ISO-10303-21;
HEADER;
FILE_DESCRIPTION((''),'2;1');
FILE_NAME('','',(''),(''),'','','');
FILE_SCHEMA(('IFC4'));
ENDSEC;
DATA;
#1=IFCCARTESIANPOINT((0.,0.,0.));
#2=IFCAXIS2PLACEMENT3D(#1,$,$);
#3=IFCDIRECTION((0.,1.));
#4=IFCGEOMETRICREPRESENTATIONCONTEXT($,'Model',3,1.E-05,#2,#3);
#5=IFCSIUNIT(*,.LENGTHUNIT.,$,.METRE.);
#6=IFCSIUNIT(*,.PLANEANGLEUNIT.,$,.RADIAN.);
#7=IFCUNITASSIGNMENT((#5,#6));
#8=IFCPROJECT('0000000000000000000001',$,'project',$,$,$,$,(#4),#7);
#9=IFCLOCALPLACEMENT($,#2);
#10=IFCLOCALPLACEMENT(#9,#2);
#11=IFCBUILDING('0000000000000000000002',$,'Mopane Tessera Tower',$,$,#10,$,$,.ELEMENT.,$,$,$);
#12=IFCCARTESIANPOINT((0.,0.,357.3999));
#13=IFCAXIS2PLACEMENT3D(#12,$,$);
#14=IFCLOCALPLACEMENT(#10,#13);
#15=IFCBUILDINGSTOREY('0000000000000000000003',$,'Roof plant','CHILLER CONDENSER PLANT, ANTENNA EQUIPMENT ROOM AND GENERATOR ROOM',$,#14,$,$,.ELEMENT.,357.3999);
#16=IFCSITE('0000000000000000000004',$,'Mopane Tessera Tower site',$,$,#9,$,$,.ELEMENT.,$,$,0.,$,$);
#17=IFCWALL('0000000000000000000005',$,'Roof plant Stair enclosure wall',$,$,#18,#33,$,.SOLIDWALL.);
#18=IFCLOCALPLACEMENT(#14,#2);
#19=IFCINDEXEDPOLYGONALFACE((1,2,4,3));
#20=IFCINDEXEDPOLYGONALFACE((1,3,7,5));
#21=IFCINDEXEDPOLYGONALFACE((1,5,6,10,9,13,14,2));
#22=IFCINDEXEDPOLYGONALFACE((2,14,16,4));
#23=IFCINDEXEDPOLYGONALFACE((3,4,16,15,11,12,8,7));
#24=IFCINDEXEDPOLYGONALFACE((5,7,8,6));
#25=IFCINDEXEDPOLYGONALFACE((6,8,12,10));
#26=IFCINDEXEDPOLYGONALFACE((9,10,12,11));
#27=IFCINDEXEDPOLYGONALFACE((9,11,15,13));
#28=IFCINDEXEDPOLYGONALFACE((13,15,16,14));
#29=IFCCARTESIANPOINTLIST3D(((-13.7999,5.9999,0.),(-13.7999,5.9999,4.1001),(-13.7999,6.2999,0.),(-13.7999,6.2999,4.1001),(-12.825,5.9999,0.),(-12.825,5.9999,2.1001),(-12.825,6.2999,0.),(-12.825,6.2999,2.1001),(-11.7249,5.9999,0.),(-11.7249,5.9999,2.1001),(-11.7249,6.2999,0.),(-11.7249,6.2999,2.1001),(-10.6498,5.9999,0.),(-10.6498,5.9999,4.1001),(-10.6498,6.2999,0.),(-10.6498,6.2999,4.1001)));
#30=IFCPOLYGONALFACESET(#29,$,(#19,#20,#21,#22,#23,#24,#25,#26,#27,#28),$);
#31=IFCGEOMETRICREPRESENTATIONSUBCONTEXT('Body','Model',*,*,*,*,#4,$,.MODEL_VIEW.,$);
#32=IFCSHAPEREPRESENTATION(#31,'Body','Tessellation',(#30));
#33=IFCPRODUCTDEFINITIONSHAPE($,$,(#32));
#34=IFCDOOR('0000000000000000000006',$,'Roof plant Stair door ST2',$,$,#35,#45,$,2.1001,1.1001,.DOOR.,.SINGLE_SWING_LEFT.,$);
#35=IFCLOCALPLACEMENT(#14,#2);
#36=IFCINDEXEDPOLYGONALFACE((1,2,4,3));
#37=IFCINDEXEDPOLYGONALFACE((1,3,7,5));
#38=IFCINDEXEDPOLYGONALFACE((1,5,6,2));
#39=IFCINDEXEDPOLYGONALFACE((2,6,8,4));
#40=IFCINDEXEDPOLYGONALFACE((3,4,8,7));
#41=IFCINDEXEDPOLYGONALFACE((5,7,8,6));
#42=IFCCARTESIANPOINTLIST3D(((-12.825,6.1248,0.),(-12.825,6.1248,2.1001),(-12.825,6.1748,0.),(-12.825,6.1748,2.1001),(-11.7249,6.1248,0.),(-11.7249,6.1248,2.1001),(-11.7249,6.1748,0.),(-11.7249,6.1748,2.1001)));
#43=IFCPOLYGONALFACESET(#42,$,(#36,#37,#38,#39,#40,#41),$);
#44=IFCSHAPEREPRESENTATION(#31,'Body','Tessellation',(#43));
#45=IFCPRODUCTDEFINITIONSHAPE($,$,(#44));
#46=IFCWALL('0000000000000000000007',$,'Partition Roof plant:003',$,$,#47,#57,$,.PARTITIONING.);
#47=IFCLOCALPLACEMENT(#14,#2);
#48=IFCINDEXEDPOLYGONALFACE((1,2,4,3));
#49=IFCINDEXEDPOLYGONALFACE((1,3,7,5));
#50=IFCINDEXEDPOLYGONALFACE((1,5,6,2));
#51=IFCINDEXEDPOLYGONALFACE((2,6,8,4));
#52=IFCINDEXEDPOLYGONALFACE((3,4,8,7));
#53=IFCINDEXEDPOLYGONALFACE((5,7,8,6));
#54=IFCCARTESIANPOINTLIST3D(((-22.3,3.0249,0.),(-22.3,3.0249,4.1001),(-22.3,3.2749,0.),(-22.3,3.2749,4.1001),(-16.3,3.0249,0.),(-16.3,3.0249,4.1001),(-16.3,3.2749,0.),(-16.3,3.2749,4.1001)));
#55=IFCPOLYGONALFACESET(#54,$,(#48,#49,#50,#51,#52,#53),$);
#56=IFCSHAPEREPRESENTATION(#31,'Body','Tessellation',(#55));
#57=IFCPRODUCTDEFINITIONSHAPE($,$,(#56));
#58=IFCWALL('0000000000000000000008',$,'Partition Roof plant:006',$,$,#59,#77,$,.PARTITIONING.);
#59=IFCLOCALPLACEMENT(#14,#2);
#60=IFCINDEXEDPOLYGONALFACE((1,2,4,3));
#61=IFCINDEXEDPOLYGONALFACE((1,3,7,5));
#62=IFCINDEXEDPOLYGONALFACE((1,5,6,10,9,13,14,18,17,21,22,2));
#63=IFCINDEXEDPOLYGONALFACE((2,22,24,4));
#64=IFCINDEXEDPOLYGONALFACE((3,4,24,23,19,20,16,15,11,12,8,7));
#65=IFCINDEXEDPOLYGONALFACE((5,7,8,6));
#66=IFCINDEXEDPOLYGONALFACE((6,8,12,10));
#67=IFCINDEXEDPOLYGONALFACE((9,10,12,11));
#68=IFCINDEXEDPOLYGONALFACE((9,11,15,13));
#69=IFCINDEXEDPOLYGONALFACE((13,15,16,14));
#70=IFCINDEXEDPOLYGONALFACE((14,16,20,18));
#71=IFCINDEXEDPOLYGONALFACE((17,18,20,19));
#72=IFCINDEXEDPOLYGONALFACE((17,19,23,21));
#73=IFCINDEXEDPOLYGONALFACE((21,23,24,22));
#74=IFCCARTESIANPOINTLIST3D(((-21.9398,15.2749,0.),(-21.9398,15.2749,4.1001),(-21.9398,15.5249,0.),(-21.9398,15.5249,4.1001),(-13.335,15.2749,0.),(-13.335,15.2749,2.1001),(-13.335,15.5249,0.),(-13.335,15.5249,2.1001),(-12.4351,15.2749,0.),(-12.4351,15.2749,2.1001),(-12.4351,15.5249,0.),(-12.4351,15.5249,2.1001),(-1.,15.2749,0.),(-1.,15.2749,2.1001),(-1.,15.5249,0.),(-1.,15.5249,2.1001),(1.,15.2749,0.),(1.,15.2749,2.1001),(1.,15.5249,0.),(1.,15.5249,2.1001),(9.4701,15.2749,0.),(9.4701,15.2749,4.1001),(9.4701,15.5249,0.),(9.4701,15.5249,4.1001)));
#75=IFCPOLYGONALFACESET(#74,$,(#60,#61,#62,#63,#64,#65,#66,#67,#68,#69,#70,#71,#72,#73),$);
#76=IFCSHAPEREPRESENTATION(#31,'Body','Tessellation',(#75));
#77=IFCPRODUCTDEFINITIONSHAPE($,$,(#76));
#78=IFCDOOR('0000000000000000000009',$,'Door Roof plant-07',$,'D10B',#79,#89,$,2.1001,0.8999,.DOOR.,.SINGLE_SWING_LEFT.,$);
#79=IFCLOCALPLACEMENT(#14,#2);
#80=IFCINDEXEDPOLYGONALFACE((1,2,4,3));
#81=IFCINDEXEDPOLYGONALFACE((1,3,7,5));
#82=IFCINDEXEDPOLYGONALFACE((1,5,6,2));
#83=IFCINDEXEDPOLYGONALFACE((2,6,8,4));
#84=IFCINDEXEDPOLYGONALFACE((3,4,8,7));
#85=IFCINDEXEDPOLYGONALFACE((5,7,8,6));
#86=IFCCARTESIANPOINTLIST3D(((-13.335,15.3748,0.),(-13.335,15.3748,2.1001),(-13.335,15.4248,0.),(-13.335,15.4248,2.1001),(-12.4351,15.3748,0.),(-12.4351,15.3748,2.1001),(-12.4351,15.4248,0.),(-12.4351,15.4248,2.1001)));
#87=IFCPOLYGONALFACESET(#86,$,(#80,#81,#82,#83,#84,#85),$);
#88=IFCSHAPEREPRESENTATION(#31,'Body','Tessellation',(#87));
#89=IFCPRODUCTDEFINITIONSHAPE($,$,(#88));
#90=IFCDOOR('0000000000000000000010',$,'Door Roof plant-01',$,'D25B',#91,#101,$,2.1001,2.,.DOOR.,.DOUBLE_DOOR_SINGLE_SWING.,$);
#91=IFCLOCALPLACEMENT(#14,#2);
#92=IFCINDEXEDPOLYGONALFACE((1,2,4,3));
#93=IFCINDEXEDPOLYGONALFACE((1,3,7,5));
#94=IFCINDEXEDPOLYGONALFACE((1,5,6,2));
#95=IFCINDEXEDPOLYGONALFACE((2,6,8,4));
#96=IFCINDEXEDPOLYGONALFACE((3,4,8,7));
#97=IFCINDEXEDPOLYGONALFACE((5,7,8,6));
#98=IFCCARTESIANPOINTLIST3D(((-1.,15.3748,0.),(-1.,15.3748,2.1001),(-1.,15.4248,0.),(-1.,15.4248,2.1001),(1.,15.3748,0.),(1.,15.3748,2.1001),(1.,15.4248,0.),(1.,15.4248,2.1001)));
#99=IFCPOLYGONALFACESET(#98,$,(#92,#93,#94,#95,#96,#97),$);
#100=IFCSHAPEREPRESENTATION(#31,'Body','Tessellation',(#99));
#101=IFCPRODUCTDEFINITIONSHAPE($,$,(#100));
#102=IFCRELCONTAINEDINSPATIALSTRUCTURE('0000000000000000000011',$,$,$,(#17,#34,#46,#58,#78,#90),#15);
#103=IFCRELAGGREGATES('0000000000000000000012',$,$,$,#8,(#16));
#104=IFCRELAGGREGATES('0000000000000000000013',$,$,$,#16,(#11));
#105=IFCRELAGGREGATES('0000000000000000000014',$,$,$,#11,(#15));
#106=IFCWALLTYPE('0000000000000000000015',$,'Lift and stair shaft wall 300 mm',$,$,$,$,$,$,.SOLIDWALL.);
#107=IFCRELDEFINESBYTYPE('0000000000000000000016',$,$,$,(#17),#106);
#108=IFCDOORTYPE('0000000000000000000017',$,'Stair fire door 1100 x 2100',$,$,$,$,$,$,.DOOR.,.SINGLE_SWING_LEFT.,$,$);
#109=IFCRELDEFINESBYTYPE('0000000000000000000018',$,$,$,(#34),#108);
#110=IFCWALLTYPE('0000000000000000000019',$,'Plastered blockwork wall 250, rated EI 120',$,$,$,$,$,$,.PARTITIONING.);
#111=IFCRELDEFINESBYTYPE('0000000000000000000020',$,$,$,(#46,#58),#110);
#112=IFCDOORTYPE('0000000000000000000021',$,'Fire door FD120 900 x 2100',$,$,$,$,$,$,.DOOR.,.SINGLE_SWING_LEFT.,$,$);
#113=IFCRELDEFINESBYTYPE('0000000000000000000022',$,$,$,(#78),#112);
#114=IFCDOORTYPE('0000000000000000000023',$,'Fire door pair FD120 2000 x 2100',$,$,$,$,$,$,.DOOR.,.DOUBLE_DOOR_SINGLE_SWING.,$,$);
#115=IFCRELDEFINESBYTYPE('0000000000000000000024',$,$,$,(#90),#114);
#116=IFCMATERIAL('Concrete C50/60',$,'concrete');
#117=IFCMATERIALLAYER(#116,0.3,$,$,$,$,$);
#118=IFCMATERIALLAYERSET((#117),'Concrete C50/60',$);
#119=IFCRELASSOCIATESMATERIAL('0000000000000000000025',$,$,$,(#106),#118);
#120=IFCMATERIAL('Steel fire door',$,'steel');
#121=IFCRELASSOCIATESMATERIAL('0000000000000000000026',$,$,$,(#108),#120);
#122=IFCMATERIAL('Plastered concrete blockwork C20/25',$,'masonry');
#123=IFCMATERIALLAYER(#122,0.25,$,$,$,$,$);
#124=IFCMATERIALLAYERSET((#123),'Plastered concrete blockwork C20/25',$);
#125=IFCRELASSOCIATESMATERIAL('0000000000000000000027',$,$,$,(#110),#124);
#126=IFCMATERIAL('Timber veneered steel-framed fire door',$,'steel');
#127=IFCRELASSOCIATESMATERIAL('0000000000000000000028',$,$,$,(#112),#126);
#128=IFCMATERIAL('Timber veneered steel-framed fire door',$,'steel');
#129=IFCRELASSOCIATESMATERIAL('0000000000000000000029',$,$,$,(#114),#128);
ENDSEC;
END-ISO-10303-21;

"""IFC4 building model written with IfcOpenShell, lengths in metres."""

from ifc_helpers import new_model, si_unit, direction, frame, frame_2d, origin, place, context, subcontext, project, spatial, rectangle, extrude, material, layer, layer_set, type_object, element, fill, save


model = new_model("IFC4")

# Units and contexts
model_context = context("Model", 3, precision=1e-05, world=origin(), true_north=direction((0.0, 1.0)))
body_context = subcontext(model_context, "Body", "Model", "MODEL_VIEW")
ifc_project = project(units=[si_unit("LENGTHUNIT", "METRE"), si_unit("PLANEANGLEUNIT", "RADIAN")], contexts=[model_context])

# Site, building, storey
site_placement = place(None, origin())
site = spatial("IfcSite", under=ifc_project, at=site_placement, Name="Mopane Tessera Tower site", CompositionType="ELEMENT", RefElevation=0.0)
building_placement = place(site_placement, origin())
building = spatial("IfcBuilding", under=site, at=building_placement, Name="Mopane Tessera Tower", CompositionType="ELEMENT")
storey_placement = place(building_placement, frame((0.0, 0.0, 357.3999)))
storey = spatial("IfcBuildingStorey", under=building, at=storey_placement, Name="Roof plant", Description="CHILLER CONDENSER PLANT, ANTENNA EQUIPMENT ROOM AND GENERATOR ROOM", CompositionType="ELEMENT", Elevation=357.3999)

# Wall, opening, door
ifc_material_1 = material(Name="Concrete C50/60", Category="concrete")
ifc_layer_1 = layer(ifc_material_1, 0.3)
ifc_layer_set_1 = layer_set([ifc_layer_1], Name="Concrete C50/60")
wall_type_1 = type_object("IfcWallType", Name="Lift and stair shaft wall 300 mm", PredefinedType="SOLIDWALL", material=ifc_layer_set_1)
ifc_material_2 = material(Name="Steel fire door", Category="steel")
door_type_1 = type_object("IfcDoorType", Name="Stair fire door 1100 x 2100", OperationType="SINGLE_SWING_LEFT", PredefinedType="DOOR", material=ifc_material_2)
wall_1_placement = place(storey_placement, frame((-13.8, 6.1499, 0.0), z_axis=(0.0, 0.0, 1.0), x_axis=(1.0, 0.0, 0.0)))
wall_1 = element("IfcWall", 1, at=wall_1_placement, inside=storey, type_object=wall_type_1, Name="Roof plant Stair enclosure wall", PredefinedType="SOLIDWALL", context=body_context, shape_type="SweptSolid", body=[
    extrude(rectangle(XDim=3.1501, YDim=0.3, at=frame_2d((1.5752, 0.0))), origin(), (0.0, 0.0, 1.0), 4.1001),
])
opening_1_placement = place(wall_1_placement, frame((0.9751, 0.0, 0.0)))
opening_1 = element("IfcOpeningElement", 2, at=opening_1_placement, cuts=wall_1, PredefinedType="OPENING", context=body_context, shape_type="SweptSolid", body=[
    extrude(rectangle(XDim=1.1001, YDim=2.1001, at=frame_2d((0.55, 1.05))), frame((0.0, 0.1621, 0.0), z_axis=(0.0, -1.0, 0.0), x_axis=(1.0, 0.0, 0.0)), (0.0, 0.0, 1.0), 0.324),
])
door_1_placement = place(opening_1_placement, origin())
door_1 = element("IfcDoor", 3, at=door_1_placement, inside=storey, type_object=door_type_1, Name="Roof plant Stair door ST2", OperationType="SINGLE_SWING_LEFT", OverallHeight=2.1001, OverallWidth=1.1001, PredefinedType="DOOR", context=body_context, shape_type="SweptSolid", body=[
    extrude(rectangle(XDim=1.1001, YDim=2.1001, at=frame_2d((0.55, 1.05))), frame((0.0, 0.0249, 0.0), z_axis=(0.0, -1.0, 0.0), x_axis=(1.0, 0.0, 0.0)), (0.0, 0.0, 1.0), 0.05),
])
fill(opening_1, door_1)

# Wall
ifc_material_3 = material(Name="Plastered concrete blockwork C20/25", Category="masonry")
ifc_layer_2 = layer(ifc_material_3, 0.25)
ifc_layer_set_2 = layer_set([ifc_layer_2], Name="Plastered concrete blockwork C20/25")
wall_type_2 = type_object("IfcWallType", Name="Plastered blockwork wall 250, rated EI 120", PredefinedType="PARTITIONING", material=ifc_layer_set_2)
wall_2_placement = place(storey_placement, frame((-22.3, 3.1499, 0.0), z_axis=(0.0, 0.0, 1.0), x_axis=(1.0, 0.0, 0.0)))
element("IfcWall", 4, at=wall_2_placement, inside=storey, type_object=wall_type_2, Name="Partition Roof plant:003", PredefinedType="PARTITIONING", context=body_context, shape_type="SweptSolid", body=[
    extrude(rectangle(XDim=6.0, YDim=0.25, at=frame_2d((3.0, 0.0))), origin(), (0.0, 0.0, 1.0), 4.1001),
])

# Wall, openings, doors
wall_3_placement = place(storey_placement, frame((-21.9399, 15.3999, 0.0), z_axis=(0.0, 0.0, 1.0), x_axis=(1.0, 0.0, 0.0)))
wall_3 = element("IfcWall", 5, at=wall_3_placement, inside=storey, type_object=wall_type_2, Name="Partition Roof plant:006", PredefinedType="PARTITIONING", context=body_context, shape_type="SweptSolid", body=[
    extrude(rectangle(XDim=31.4099, YDim=0.25, at=frame_2d((15.7051, 0.0))), origin(), (0.0, 0.0, 1.0), 4.1001),
])
opening_2_placement = place(wall_3_placement, frame((20.9399, 0.0, 0.0)))
opening_2 = element("IfcOpeningElement", 6, at=opening_2_placement, cuts=wall_3, PredefinedType="OPENING", context=body_context, shape_type="SweptSolid", body=[
    extrude(rectangle(XDim=2.0, YDim=2.1001, at=frame_2d((1.0, 1.05))), frame((0.0, 0.137, 0.0), z_axis=(0.0, -1.0, 0.0), x_axis=(1.0, 0.0, 0.0)), (0.0, 0.0, 1.0), 0.2739),
])
opening_3_placement = place(wall_3_placement, frame((8.605, 0.0, 0.0)))
opening_3 = element("IfcOpeningElement", 7, at=opening_3_placement, cuts=wall_3, PredefinedType="OPENING", context=body_context, shape_type="SweptSolid", body=[
    extrude(rectangle(XDim=0.8999, YDim=2.1001, at=frame_2d((0.45, 1.05))), frame((0.0, 0.137, 0.0), z_axis=(0.0, -1.0, 0.0), x_axis=(1.0, 0.0, 0.0)), (0.0, 0.0, 1.0), 0.2739),
])
ifc_material_4 = material(Name="Timber veneered steel-framed fire door", Category="steel")
door_type_2 = type_object("IfcDoorType", Name="Fire door FD120 900 x 2100", OperationType="SINGLE_SWING_LEFT", PredefinedType="DOOR", material=ifc_material_4)
door_2_placement = place(opening_3_placement, origin())
door_2 = element("IfcDoor", 8, at=door_2_placement, inside=storey, type_object=door_type_2, Name="Door Roof plant-07", ObjectType="D10B", OperationType="SINGLE_SWING_LEFT", OverallHeight=2.1001, OverallWidth=0.8999, PredefinedType="DOOR", context=body_context, shape_type="SweptSolid", body=[
    extrude(rectangle(XDim=0.8999, YDim=2.1001, at=frame_2d((0.45, 1.05))), frame((0.0, 0.0249, 0.0), z_axis=(0.0, -1.0, 0.0), x_axis=(1.0, 0.0, 0.0)), (0.0, 0.0, 1.0), 0.05),
])
fill(opening_3, door_2)
ifc_material_5 = material(Name="Timber veneered steel-framed fire door", Category="steel")
door_type_3 = type_object("IfcDoorType", Name="Fire door pair FD120 2000 x 2100", OperationType="DOUBLE_DOOR_SINGLE_SWING", PredefinedType="DOOR", material=ifc_material_5)
door_3_placement = place(opening_2_placement, origin())
door_3 = element("IfcDoor", 9, at=door_3_placement, inside=storey, type_object=door_type_3, Name="Door Roof plant-01", ObjectType="D25B", OperationType="DOUBLE_DOOR_SINGLE_SWING", OverallHeight=2.1001, OverallWidth=2.0, PredefinedType="DOOR", context=body_context, shape_type="SweptSolid", body=[
    extrude(rectangle(XDim=2.0, YDim=2.1001, at=frame_2d((1.0, 1.05))), frame((0.0, 0.0249, 0.0), z_axis=(0.0, -1.0, 0.0), x_axis=(1.0, 0.0, 0.0)), (0.0, 0.0, 1.0), 0.05),
])
fill(opening_2, door_3)

save(model, "model.ifc")
